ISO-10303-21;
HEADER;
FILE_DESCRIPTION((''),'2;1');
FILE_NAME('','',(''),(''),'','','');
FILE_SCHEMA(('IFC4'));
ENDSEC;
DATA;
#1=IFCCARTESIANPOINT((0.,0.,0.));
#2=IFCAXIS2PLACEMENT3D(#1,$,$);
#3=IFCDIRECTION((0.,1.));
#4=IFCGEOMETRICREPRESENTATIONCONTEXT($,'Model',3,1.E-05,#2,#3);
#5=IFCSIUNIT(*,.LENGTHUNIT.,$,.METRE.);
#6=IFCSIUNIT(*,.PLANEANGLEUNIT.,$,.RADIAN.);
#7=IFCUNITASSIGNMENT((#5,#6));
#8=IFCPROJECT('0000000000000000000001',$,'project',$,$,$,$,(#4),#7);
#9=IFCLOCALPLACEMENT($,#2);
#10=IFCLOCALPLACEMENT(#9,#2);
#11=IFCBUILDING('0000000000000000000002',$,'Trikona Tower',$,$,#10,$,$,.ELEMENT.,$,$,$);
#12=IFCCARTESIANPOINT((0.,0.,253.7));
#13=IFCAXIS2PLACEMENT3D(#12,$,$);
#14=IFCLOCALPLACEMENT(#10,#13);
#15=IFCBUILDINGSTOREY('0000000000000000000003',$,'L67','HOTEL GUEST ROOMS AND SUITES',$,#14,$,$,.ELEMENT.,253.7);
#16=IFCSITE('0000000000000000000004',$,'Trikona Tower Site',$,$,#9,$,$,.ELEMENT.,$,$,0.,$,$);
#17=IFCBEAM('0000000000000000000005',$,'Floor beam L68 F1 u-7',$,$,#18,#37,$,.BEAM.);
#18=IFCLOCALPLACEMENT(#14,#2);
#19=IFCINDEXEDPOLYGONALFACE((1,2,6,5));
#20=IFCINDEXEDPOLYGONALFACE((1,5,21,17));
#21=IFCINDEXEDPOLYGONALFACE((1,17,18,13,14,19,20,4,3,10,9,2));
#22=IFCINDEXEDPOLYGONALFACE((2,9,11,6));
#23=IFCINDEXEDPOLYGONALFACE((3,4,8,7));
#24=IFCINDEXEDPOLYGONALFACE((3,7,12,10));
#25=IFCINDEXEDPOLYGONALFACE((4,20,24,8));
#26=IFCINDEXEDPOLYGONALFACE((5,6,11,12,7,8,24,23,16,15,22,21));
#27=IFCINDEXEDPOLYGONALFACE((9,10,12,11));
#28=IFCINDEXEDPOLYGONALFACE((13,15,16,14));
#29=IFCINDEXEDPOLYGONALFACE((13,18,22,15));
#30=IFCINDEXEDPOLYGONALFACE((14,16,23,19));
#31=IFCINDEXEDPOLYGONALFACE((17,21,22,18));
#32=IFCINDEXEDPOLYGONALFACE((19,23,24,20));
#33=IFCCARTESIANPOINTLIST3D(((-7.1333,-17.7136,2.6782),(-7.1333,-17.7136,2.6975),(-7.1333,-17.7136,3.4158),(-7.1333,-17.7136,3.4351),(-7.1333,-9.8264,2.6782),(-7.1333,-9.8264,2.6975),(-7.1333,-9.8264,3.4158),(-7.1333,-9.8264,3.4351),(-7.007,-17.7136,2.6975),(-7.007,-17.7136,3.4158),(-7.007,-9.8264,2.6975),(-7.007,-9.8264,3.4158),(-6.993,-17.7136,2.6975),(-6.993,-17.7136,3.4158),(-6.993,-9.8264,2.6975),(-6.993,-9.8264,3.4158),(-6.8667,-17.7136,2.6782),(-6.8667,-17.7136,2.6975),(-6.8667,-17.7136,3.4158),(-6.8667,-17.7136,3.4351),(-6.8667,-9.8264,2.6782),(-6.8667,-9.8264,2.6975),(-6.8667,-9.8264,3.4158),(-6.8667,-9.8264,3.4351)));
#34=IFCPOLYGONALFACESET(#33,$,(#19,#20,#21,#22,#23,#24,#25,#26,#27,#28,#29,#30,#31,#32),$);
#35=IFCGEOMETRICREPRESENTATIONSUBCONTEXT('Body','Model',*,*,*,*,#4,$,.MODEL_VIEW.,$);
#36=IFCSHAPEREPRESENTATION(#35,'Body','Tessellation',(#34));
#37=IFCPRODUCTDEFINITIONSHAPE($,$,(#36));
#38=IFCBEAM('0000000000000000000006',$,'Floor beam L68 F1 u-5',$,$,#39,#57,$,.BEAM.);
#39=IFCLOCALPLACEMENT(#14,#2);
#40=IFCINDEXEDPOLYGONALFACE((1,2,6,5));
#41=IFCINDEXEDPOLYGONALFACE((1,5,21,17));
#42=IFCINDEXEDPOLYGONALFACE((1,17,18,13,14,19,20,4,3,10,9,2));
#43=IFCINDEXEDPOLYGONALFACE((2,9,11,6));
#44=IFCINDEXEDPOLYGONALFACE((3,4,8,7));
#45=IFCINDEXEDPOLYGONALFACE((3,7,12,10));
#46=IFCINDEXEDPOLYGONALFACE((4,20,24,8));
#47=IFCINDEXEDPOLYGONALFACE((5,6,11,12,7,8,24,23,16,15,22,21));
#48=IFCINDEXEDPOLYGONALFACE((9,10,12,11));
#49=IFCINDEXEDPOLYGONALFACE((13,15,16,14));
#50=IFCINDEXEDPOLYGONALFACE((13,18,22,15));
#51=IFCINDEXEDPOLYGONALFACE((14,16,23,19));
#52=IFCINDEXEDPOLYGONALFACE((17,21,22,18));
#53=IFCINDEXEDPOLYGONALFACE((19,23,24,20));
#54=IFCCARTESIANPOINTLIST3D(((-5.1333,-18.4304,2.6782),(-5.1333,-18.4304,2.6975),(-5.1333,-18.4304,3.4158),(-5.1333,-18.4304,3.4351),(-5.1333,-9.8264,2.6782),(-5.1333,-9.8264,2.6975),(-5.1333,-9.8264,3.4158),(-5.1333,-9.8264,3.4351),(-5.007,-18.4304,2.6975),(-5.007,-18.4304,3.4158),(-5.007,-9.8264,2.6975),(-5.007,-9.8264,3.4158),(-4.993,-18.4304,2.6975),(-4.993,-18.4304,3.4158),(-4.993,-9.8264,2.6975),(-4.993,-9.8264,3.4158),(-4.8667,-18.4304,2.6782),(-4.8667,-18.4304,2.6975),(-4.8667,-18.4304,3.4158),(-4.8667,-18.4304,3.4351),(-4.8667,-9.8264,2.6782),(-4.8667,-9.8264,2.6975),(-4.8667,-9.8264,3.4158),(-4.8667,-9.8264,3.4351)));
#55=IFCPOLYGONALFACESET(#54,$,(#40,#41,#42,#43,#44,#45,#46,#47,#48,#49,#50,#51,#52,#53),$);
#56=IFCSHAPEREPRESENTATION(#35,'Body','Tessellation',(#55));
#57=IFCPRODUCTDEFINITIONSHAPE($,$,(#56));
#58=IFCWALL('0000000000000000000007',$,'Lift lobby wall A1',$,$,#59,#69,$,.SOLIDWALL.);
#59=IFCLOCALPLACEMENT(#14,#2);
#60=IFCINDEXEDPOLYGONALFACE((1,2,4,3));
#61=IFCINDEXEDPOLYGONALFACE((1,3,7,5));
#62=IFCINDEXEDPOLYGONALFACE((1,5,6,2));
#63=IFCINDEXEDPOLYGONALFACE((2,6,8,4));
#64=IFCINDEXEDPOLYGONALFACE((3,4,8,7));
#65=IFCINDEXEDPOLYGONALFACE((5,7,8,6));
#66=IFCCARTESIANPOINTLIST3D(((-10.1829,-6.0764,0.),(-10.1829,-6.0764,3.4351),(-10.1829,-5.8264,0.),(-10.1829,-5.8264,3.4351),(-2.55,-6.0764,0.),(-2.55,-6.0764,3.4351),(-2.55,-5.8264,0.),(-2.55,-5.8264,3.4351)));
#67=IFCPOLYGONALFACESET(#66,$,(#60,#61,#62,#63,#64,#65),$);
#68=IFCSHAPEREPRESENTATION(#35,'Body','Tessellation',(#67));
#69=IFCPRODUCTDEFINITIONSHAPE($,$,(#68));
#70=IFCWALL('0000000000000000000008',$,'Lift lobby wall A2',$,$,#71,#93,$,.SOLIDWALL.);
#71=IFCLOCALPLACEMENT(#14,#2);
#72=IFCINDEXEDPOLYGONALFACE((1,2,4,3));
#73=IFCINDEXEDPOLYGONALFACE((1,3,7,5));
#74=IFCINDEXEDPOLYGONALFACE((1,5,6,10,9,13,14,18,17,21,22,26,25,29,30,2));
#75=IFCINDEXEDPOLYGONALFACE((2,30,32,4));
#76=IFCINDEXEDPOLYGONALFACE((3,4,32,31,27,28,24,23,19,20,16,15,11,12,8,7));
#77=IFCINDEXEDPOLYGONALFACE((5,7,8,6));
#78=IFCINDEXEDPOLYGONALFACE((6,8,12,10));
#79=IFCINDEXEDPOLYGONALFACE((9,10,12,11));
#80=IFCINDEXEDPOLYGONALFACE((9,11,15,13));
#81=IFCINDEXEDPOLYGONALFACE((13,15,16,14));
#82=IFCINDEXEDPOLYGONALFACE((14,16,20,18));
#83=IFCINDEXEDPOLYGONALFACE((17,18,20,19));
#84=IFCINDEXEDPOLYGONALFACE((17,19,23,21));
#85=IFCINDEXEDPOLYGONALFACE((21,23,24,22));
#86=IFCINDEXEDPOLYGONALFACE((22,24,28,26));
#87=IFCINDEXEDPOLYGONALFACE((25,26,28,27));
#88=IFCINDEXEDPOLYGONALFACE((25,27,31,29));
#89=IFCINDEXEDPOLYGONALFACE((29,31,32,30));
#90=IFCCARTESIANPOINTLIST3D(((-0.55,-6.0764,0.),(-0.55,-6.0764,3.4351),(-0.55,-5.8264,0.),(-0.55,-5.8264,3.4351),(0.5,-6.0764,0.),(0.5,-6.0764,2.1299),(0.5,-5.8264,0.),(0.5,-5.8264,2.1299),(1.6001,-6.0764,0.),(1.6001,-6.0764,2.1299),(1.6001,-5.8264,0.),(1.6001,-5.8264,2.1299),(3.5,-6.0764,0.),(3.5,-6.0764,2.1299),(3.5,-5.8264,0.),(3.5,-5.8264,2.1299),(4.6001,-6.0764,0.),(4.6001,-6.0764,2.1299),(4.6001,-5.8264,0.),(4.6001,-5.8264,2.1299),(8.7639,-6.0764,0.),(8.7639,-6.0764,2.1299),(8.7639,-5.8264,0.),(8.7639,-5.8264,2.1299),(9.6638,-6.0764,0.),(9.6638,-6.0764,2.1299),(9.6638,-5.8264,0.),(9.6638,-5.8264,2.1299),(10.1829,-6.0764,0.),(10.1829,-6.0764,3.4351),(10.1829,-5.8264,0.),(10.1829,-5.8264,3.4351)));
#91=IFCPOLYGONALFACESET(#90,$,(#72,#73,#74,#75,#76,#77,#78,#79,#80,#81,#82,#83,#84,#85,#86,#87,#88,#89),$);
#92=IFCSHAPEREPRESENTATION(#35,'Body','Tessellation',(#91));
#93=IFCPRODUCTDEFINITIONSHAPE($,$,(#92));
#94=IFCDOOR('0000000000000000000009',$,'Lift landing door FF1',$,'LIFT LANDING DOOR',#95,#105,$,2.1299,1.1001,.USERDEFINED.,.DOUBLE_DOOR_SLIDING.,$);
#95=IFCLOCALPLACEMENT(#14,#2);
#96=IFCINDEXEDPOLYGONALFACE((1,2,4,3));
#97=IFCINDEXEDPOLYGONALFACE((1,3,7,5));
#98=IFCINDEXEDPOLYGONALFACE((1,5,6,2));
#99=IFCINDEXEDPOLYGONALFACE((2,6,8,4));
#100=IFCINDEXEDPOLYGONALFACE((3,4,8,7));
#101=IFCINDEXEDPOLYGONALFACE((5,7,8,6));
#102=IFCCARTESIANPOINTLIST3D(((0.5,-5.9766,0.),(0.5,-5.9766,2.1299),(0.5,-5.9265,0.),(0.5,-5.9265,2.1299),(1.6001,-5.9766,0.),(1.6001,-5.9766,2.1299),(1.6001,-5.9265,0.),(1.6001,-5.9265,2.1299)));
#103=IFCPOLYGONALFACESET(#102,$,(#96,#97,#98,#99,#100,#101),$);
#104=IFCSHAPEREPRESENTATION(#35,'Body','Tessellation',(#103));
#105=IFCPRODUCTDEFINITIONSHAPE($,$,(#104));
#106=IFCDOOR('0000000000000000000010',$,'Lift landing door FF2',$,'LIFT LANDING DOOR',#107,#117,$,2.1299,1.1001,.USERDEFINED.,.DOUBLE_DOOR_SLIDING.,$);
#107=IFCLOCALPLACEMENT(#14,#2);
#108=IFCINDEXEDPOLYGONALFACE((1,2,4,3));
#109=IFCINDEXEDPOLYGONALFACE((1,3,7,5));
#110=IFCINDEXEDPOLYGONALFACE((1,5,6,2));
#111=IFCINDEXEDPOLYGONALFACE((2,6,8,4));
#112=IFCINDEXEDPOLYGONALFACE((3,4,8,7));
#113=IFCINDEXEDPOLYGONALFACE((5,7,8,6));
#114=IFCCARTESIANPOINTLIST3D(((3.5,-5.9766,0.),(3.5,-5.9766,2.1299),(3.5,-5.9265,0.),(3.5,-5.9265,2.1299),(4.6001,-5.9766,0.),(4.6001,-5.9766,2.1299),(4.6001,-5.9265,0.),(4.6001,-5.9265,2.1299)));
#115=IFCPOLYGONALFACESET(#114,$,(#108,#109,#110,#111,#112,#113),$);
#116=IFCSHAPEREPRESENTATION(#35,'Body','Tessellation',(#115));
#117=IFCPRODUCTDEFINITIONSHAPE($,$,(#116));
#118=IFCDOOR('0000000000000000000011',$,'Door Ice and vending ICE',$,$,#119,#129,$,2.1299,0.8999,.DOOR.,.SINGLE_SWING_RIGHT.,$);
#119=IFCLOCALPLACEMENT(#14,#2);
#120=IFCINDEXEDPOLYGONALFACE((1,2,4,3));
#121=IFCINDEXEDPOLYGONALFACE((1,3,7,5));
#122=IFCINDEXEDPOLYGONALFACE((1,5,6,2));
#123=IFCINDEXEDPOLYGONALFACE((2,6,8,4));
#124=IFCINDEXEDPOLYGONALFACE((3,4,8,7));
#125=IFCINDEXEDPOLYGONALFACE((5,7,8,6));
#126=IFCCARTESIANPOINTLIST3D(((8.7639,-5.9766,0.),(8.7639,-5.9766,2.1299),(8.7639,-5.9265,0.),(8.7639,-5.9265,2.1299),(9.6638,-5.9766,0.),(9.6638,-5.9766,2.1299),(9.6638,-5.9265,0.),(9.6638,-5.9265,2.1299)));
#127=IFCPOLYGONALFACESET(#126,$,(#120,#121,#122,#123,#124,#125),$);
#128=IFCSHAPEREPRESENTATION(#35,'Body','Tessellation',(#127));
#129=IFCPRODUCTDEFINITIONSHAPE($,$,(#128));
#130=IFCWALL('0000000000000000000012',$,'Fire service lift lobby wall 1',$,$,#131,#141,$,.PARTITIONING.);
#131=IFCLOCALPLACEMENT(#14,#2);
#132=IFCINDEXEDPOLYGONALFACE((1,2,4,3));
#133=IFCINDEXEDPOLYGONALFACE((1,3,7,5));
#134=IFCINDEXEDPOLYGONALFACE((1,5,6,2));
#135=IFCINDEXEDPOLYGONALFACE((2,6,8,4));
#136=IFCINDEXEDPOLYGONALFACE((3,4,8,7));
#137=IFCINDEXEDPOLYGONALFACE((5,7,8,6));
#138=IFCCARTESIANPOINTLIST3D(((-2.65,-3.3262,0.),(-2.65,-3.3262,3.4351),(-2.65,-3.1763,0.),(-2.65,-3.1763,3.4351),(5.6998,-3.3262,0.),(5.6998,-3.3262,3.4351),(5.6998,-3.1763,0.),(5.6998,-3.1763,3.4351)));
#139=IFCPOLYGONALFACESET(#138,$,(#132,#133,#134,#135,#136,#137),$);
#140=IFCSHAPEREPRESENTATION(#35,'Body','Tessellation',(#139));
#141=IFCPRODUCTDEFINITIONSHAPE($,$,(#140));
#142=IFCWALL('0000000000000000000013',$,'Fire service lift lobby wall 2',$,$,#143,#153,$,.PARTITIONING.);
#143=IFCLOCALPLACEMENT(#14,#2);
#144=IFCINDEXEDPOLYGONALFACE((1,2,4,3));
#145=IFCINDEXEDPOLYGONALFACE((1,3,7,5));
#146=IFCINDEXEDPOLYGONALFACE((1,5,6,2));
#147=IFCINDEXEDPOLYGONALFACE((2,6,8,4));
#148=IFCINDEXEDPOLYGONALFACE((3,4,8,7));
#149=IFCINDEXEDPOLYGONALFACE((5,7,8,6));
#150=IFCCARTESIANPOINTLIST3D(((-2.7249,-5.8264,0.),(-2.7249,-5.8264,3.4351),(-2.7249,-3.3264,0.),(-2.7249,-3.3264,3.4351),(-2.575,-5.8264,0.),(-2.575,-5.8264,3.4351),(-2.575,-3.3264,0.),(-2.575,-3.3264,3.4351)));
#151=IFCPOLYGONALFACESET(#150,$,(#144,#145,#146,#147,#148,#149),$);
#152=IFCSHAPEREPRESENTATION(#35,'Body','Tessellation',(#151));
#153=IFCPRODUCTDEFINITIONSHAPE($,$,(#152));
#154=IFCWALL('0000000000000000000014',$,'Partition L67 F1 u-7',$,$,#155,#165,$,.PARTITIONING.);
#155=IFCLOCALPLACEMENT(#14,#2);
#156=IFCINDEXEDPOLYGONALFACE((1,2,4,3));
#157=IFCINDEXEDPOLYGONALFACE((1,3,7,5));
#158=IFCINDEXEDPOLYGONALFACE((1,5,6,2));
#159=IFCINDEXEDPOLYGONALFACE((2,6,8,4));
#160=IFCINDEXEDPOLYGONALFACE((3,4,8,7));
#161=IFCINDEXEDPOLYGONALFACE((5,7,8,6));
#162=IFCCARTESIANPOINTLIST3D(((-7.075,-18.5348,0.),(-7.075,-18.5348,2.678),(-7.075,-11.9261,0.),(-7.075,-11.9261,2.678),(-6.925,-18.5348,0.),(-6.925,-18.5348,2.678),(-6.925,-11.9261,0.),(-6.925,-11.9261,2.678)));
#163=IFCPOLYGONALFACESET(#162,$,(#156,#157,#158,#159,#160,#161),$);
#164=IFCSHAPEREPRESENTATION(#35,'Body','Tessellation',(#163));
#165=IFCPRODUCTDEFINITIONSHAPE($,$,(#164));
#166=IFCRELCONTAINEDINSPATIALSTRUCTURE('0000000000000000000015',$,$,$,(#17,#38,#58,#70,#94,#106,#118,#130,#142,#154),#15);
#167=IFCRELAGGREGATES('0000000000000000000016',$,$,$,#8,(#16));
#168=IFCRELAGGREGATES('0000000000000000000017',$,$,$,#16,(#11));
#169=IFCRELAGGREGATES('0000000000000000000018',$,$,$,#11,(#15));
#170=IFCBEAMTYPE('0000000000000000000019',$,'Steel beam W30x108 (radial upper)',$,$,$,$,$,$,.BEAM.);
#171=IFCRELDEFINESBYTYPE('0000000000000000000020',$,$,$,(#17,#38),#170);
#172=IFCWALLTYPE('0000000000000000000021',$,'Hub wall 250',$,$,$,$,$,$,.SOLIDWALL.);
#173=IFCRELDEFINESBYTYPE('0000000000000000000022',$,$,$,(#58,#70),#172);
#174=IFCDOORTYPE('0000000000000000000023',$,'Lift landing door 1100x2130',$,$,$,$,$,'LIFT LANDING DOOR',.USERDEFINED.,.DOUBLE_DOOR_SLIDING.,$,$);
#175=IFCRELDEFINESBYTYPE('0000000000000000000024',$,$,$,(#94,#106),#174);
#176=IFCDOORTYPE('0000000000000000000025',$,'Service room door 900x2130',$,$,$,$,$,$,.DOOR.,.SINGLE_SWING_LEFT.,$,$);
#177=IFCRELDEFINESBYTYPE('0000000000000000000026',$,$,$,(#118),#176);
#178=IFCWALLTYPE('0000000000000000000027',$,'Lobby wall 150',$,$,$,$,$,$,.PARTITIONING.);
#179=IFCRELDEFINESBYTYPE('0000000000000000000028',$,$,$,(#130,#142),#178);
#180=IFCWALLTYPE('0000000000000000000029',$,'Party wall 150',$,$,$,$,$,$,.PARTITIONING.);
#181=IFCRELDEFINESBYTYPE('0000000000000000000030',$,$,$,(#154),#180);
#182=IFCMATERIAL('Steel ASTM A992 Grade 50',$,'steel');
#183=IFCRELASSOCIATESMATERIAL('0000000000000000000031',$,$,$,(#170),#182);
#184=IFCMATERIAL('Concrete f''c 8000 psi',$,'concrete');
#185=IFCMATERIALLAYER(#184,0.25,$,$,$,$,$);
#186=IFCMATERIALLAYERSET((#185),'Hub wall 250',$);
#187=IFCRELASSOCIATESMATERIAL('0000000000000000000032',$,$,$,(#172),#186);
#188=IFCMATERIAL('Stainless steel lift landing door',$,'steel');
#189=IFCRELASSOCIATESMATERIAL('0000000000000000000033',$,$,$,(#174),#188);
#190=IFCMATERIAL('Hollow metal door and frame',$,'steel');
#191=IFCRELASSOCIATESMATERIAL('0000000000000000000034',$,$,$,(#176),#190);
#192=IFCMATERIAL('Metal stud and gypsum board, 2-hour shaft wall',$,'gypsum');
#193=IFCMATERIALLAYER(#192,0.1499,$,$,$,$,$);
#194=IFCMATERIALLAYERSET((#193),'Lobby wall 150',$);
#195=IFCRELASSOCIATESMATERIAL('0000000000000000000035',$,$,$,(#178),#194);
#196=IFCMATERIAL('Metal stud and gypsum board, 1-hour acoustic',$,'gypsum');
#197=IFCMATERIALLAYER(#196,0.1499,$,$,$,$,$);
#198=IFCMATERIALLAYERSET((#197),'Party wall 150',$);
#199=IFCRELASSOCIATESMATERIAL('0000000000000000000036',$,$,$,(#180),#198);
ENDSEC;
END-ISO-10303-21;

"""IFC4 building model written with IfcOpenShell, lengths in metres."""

from ifc_helpers import new_model, si_unit, direction, frame, frame_2d, origin, origin_2d, place, context, subcontext, project, spatial, rectangle, i_section, extrude, material, layer, layer_set, material_profile, profile_set, type_object, element, fill, save


model = new_model("IFC4")

# Units and contexts
model_context = context("Model", 3, precision=1e-05, world=origin(), true_north=direction((0.0, 1.0)))
body_context = subcontext(model_context, "Body", "Model", "MODEL_VIEW")
ifc_project = project(units=[si_unit("LENGTHUNIT", "METRE"), si_unit("PLANEANGLEUNIT", "RADIAN")], contexts=[model_context])

# Site, building, storey
site_placement = place(None, origin())
site = spatial("IfcSite", under=ifc_project, at=site_placement, Name="Trikona Tower Site", CompositionType="ELEMENT", RefElevation=0.0)
building_placement = place(site_placement, origin())
building = spatial("IfcBuilding", under=site, at=building_placement, Name="Trikona Tower", CompositionType="ELEMENT")
storey_placement = place(building_placement, frame((0.0, 0.0, 253.7)))
storey = spatial("IfcBuildingStorey", under=building, at=storey_placement, Name="L67", Description="HOTEL GUEST ROOMS AND SUITES", CompositionType="ELEMENT", Elevation=253.7)

# Beams
ifc_material_1 = material(Name="Steel ASTM A992 Grade 50", Category="steel")
ifc_material_profile = material_profile(ifc_material_1, i_section(OverallWidth=0.2666, OverallDepth=0.7568, WebThickness=0.0139, FlangeThickness=0.0193, at=origin_2d()), Name="W30X108")
ifc_profile_set = profile_set([ifc_material_profile], Name="Steel ASTM A992 Grade 50")
beam_type = type_object("IfcBeamType", Name="Steel beam W30x108 (radial upper)", PredefinedType="BEAM", material=ifc_profile_set)
beam_1_placement = place(storey_placement, frame((-7.0, -9.8264, 3.0566), z_axis=(0.0, -1.0, 0.0), x_axis=(1.0, 0.0, 0.0)))
element("IfcBeam", 1, at=beam_1_placement, inside=storey, type_object=beam_type, Name="Floor beam L68 F1 u-7", PredefinedType="BEAM", context=body_context, shape_type="SweptSolid", body=[
    extrude(i_section(OverallWidth=0.2666, OverallDepth=0.7568, WebThickness=0.0139, FlangeThickness=0.0193, at=origin_2d()), origin(), (0.0, 0.0, 1.0), 7.8872),
])
beam_2_placement = place(storey_placement, frame((-5.0, -9.8264, 3.0566), z_axis=(0.0, -1.0, 0.0), x_axis=(1.0, 0.0, 0.0)))
element("IfcBeam", 2, at=beam_2_placement, inside=storey, type_object=beam_type, Name="Floor beam L68 F1 u-5", PredefinedType="BEAM", context=body_context, shape_type="SweptSolid", body=[
    extrude(i_section(OverallWidth=0.2666, OverallDepth=0.7568, WebThickness=0.0139, FlangeThickness=0.0193, at=origin_2d()), origin(), (0.0, 0.0, 1.0), 8.604),
])

# Wall
ifc_material_2 = material(Name="Concrete f'c 8000 psi", Category="concrete")
ifc_layer_1 = layer(ifc_material_2, 0.25)
ifc_layer_set_1 = layer_set([ifc_layer_1], Name="Hub wall 250")
wall_type_1 = type_object("IfcWallType", Name="Hub wall 250", PredefinedType="SOLIDWALL", material=ifc_layer_set_1)
wall_1_placement = place(storey_placement, frame((-10.1829, -5.9514, 0.0), z_axis=(0.0, 0.0, 1.0), x_axis=(1.0, 0.0, 0.0)))
element("IfcWall", 3, at=wall_1_placement, inside=storey, type_object=wall_type_1, Name="Lift lobby wall A1", PredefinedType="SOLIDWALL", context=body_context, shape_type="SweptSolid", body=[
    extrude(rectangle(XDim=7.6328, YDim=0.25, at=frame_2d((3.8164, 0.0))), origin(), (0.0, 0.0, 1.0), 3.4351),
])

# Wall, openings, doors
wall_2_placement = place(storey_placement, frame((-0.55, -5.9514, 0.0), z_axis=(0.0, 0.0, 1.0), x_axis=(1.0, 0.0, 0.0)))
wall_2 = element("IfcWall", 4, at=wall_2_placement, inside=storey, type_object=wall_type_1, Name="Lift lobby wall A2", PredefinedType="SOLIDWALL", context=body_context, shape_type="SweptSolid", body=[
    extrude(rectangle(XDim=10.7329, YDim=0.25, at=frame_2d((5.3665, 0.0))), origin(), (0.0, 0.0, 1.0), 3.4351),
])
opening_1_placement = place(wall_2_placement, frame((9.314, 0.0, 0.0)))
opening_1 = element("IfcOpeningElement", 5, at=opening_1_placement, cuts=wall_2, PredefinedType="OPENING", context=body_context, shape_type="SweptSolid", body=[
    extrude(rectangle(XDim=0.8999, YDim=2.1299, at=frame_2d((0.45, 1.0649))), frame((0.0, 0.135, 0.0), z_axis=(0.0, -1.0, 0.0), x_axis=(1.0, 0.0, 0.0)), (0.0, 0.0, 1.0), 0.27),
])
opening_2_placement = place(wall_2_placement, frame((1.05, 0.0, 0.0)))
opening_2 = element("IfcOpeningElement", 6, at=opening_2_placement, cuts=wall_2, PredefinedType="OPENING", context=body_context, shape_type="SweptSolid", body=[
    extrude(rectangle(XDim=1.1001, YDim=2.1299, at=frame_2d((0.55, 1.0649))), frame((0.0, 0.135, 0.0), z_axis=(0.0, -1.0, 0.0), x_axis=(1.0, 0.0, 0.0)), (0.0, 0.0, 1.0), 0.27),
])
opening_3_placement = place(wall_2_placement, frame((4.05, 0.0, 0.0)))
opening_3 = element("IfcOpeningElement", 7, at=opening_3_placement, cuts=wall_2, PredefinedType="OPENING", context=body_context, shape_type="SweptSolid", body=[
    extrude(rectangle(XDim=1.1001, YDim=2.1299, at=frame_2d((0.55, 1.0649))), frame((0.0, 0.135, 0.0), z_axis=(0.0, -1.0, 0.0), x_axis=(1.0, 0.0, 0.0)), (0.0, 0.0, 1.0), 0.27),
])
ifc_material_3 = material(Name="Stainless steel lift landing door", Category="steel")
door_type_1 = type_object("IfcDoorType", Name="Lift landing door 1100x2130", ElementType="LIFT LANDING DOOR", OperationType="DOUBLE_DOOR_SLIDING", PredefinedType="USERDEFINED", material=ifc_material_3)
door_1_placement = place(opening_2_placement, origin())
door_1 = element("IfcDoor", 8, at=door_1_placement, inside=storey, type_object=door_type_1, Name="Lift landing door FF1", ObjectType="LIFT LANDING DOOR", OperationType="DOUBLE_DOOR_SLIDING", OverallHeight=2.1299, OverallWidth=1.1001, PredefinedType="USERDEFINED", context=body_context, shape_type="SweptSolid", body=[
    extrude(rectangle(XDim=1.1001, YDim=2.1299, at=frame_2d((0.55, 1.0649))), frame((0.0, 0.0249, 0.0), z_axis=(0.0, -1.0, 0.0), x_axis=(1.0, 0.0, 0.0)), (0.0, 0.0, 1.0), 0.05),
])
fill(opening_2, door_1)
door_2_placement = place(opening_3_placement, origin())
door_2 = element("IfcDoor", 9, at=door_2_placement, inside=storey, type_object=door_type_1, Name="Lift landing door FF2", ObjectType="LIFT LANDING DOOR", OperationType="DOUBLE_DOOR_SLIDING", OverallHeight=2.1299, OverallWidth=1.1001, PredefinedType="USERDEFINED", context=body_context, shape_type="SweptSolid", body=[
    extrude(rectangle(XDim=1.1001, YDim=2.1299, at=frame_2d((0.55, 1.0649))), frame((0.0, 0.0249, 0.0), z_axis=(0.0, -1.0, 0.0), x_axis=(1.0, 0.0, 0.0)), (0.0, 0.0, 1.0), 0.05),
])
fill(opening_3, door_2)
ifc_material_4 = material(Name="Hollow metal door and frame", Category="steel")
door_type_2 = type_object("IfcDoorType", Name="Service room door 900x2130", OperationType="SINGLE_SWING_LEFT", PredefinedType="DOOR", material=ifc_material_4)
door_3_placement = place(opening_1_placement, origin())
door_3 = element("IfcDoor", 10, at=door_3_placement, inside=storey, type_object=door_type_2, Name="Door Ice and vending ICE", OperationType="SINGLE_SWING_RIGHT", OverallHeight=2.1299, OverallWidth=0.8999, PredefinedType="DOOR", context=body_context, shape_type="SweptSolid", body=[
    extrude(rectangle(XDim=0.8999, YDim=2.1299, at=frame_2d((0.45, 1.0649))), frame((0.0, 0.0249, 0.0), z_axis=(0.0, -1.0, 0.0), x_axis=(1.0, 0.0, 0.0)), (0.0, 0.0, 1.0), 0.05),
])
fill(opening_1, door_3)

# Walls
ifc_material_5 = material(Name="Metal stud and gypsum board, 2-hour shaft wall", Category="gypsum")
ifc_layer_2 = layer(ifc_material_5, 0.1499)
ifc_layer_set_2 = layer_set([ifc_layer_2], Name="Lobby wall 150")
wall_type_2 = type_object("IfcWallType", Name="Lobby wall 150", PredefinedType="PARTITIONING", material=ifc_layer_set_2)
wall_3_placement = place(storey_placement, frame((-2.6499, -3.2512, 0.0), z_axis=(0.0, 0.0, 1.0), x_axis=(1.0, 0.0, 0.0)))
element("IfcWall", 11, at=wall_3_placement, inside=storey, type_object=wall_type_2, Name="Fire service lift lobby wall 1", PredefinedType="PARTITIONING", context=body_context, shape_type="SweptSolid", body=[
    extrude(rectangle(XDim=8.3499, YDim=0.1499, at=frame_2d((4.1748, 0.0))), origin(), (0.0, 0.0, 1.0), 3.4351),
])
wall_4_placement = place(storey_placement, frame((-2.6499, -5.8264, 0.0), z_axis=(0.0, 0.0, 1.0), x_axis=(0.0, 1.0, 0.0)))
element("IfcWall", 12, at=wall_4_placement, inside=storey, type_object=wall_type_2, Name="Fire service lift lobby wall 2", PredefinedType="PARTITIONING", context=body_context, shape_type="SweptSolid", body=[
    extrude(rectangle(XDim=2.5, YDim=0.1499, at=frame_2d((1.25, 0.0))), origin(), (0.0, 0.0, 1.0), 3.4351),
])
ifc_material_6 = material(Name="Metal stud and gypsum board, 1-hour acoustic", Category="gypsum")
ifc_layer_3 = layer(ifc_material_6, 0.1499)
ifc_layer_set_3 = layer_set([ifc_layer_3], Name="Party wall 150")
wall_type_3 = type_object("IfcWallType", Name="Party wall 150", PredefinedType="PARTITIONING", material=ifc_layer_set_3)
wall_5_placement = place(storey_placement, frame((-7.0, -11.9263, 0.0), z_axis=(0.0, 0.0, 1.0), x_axis=(0.0, -1.0, 0.0)))
element("IfcWall", 13, at=wall_5_placement, inside=storey, type_object=wall_type_3, Name="Partition L67 F1 u-7", PredefinedType="PARTITIONING", context=body_context, shape_type="SweptSolid", body=[
    extrude(rectangle(XDim=6.6086, YDim=0.1499, at=frame_2d((3.3042, 0.0))), origin(), (0.0, 0.0, 1.0), 2.678),
])

save(model, "model.ifc")
